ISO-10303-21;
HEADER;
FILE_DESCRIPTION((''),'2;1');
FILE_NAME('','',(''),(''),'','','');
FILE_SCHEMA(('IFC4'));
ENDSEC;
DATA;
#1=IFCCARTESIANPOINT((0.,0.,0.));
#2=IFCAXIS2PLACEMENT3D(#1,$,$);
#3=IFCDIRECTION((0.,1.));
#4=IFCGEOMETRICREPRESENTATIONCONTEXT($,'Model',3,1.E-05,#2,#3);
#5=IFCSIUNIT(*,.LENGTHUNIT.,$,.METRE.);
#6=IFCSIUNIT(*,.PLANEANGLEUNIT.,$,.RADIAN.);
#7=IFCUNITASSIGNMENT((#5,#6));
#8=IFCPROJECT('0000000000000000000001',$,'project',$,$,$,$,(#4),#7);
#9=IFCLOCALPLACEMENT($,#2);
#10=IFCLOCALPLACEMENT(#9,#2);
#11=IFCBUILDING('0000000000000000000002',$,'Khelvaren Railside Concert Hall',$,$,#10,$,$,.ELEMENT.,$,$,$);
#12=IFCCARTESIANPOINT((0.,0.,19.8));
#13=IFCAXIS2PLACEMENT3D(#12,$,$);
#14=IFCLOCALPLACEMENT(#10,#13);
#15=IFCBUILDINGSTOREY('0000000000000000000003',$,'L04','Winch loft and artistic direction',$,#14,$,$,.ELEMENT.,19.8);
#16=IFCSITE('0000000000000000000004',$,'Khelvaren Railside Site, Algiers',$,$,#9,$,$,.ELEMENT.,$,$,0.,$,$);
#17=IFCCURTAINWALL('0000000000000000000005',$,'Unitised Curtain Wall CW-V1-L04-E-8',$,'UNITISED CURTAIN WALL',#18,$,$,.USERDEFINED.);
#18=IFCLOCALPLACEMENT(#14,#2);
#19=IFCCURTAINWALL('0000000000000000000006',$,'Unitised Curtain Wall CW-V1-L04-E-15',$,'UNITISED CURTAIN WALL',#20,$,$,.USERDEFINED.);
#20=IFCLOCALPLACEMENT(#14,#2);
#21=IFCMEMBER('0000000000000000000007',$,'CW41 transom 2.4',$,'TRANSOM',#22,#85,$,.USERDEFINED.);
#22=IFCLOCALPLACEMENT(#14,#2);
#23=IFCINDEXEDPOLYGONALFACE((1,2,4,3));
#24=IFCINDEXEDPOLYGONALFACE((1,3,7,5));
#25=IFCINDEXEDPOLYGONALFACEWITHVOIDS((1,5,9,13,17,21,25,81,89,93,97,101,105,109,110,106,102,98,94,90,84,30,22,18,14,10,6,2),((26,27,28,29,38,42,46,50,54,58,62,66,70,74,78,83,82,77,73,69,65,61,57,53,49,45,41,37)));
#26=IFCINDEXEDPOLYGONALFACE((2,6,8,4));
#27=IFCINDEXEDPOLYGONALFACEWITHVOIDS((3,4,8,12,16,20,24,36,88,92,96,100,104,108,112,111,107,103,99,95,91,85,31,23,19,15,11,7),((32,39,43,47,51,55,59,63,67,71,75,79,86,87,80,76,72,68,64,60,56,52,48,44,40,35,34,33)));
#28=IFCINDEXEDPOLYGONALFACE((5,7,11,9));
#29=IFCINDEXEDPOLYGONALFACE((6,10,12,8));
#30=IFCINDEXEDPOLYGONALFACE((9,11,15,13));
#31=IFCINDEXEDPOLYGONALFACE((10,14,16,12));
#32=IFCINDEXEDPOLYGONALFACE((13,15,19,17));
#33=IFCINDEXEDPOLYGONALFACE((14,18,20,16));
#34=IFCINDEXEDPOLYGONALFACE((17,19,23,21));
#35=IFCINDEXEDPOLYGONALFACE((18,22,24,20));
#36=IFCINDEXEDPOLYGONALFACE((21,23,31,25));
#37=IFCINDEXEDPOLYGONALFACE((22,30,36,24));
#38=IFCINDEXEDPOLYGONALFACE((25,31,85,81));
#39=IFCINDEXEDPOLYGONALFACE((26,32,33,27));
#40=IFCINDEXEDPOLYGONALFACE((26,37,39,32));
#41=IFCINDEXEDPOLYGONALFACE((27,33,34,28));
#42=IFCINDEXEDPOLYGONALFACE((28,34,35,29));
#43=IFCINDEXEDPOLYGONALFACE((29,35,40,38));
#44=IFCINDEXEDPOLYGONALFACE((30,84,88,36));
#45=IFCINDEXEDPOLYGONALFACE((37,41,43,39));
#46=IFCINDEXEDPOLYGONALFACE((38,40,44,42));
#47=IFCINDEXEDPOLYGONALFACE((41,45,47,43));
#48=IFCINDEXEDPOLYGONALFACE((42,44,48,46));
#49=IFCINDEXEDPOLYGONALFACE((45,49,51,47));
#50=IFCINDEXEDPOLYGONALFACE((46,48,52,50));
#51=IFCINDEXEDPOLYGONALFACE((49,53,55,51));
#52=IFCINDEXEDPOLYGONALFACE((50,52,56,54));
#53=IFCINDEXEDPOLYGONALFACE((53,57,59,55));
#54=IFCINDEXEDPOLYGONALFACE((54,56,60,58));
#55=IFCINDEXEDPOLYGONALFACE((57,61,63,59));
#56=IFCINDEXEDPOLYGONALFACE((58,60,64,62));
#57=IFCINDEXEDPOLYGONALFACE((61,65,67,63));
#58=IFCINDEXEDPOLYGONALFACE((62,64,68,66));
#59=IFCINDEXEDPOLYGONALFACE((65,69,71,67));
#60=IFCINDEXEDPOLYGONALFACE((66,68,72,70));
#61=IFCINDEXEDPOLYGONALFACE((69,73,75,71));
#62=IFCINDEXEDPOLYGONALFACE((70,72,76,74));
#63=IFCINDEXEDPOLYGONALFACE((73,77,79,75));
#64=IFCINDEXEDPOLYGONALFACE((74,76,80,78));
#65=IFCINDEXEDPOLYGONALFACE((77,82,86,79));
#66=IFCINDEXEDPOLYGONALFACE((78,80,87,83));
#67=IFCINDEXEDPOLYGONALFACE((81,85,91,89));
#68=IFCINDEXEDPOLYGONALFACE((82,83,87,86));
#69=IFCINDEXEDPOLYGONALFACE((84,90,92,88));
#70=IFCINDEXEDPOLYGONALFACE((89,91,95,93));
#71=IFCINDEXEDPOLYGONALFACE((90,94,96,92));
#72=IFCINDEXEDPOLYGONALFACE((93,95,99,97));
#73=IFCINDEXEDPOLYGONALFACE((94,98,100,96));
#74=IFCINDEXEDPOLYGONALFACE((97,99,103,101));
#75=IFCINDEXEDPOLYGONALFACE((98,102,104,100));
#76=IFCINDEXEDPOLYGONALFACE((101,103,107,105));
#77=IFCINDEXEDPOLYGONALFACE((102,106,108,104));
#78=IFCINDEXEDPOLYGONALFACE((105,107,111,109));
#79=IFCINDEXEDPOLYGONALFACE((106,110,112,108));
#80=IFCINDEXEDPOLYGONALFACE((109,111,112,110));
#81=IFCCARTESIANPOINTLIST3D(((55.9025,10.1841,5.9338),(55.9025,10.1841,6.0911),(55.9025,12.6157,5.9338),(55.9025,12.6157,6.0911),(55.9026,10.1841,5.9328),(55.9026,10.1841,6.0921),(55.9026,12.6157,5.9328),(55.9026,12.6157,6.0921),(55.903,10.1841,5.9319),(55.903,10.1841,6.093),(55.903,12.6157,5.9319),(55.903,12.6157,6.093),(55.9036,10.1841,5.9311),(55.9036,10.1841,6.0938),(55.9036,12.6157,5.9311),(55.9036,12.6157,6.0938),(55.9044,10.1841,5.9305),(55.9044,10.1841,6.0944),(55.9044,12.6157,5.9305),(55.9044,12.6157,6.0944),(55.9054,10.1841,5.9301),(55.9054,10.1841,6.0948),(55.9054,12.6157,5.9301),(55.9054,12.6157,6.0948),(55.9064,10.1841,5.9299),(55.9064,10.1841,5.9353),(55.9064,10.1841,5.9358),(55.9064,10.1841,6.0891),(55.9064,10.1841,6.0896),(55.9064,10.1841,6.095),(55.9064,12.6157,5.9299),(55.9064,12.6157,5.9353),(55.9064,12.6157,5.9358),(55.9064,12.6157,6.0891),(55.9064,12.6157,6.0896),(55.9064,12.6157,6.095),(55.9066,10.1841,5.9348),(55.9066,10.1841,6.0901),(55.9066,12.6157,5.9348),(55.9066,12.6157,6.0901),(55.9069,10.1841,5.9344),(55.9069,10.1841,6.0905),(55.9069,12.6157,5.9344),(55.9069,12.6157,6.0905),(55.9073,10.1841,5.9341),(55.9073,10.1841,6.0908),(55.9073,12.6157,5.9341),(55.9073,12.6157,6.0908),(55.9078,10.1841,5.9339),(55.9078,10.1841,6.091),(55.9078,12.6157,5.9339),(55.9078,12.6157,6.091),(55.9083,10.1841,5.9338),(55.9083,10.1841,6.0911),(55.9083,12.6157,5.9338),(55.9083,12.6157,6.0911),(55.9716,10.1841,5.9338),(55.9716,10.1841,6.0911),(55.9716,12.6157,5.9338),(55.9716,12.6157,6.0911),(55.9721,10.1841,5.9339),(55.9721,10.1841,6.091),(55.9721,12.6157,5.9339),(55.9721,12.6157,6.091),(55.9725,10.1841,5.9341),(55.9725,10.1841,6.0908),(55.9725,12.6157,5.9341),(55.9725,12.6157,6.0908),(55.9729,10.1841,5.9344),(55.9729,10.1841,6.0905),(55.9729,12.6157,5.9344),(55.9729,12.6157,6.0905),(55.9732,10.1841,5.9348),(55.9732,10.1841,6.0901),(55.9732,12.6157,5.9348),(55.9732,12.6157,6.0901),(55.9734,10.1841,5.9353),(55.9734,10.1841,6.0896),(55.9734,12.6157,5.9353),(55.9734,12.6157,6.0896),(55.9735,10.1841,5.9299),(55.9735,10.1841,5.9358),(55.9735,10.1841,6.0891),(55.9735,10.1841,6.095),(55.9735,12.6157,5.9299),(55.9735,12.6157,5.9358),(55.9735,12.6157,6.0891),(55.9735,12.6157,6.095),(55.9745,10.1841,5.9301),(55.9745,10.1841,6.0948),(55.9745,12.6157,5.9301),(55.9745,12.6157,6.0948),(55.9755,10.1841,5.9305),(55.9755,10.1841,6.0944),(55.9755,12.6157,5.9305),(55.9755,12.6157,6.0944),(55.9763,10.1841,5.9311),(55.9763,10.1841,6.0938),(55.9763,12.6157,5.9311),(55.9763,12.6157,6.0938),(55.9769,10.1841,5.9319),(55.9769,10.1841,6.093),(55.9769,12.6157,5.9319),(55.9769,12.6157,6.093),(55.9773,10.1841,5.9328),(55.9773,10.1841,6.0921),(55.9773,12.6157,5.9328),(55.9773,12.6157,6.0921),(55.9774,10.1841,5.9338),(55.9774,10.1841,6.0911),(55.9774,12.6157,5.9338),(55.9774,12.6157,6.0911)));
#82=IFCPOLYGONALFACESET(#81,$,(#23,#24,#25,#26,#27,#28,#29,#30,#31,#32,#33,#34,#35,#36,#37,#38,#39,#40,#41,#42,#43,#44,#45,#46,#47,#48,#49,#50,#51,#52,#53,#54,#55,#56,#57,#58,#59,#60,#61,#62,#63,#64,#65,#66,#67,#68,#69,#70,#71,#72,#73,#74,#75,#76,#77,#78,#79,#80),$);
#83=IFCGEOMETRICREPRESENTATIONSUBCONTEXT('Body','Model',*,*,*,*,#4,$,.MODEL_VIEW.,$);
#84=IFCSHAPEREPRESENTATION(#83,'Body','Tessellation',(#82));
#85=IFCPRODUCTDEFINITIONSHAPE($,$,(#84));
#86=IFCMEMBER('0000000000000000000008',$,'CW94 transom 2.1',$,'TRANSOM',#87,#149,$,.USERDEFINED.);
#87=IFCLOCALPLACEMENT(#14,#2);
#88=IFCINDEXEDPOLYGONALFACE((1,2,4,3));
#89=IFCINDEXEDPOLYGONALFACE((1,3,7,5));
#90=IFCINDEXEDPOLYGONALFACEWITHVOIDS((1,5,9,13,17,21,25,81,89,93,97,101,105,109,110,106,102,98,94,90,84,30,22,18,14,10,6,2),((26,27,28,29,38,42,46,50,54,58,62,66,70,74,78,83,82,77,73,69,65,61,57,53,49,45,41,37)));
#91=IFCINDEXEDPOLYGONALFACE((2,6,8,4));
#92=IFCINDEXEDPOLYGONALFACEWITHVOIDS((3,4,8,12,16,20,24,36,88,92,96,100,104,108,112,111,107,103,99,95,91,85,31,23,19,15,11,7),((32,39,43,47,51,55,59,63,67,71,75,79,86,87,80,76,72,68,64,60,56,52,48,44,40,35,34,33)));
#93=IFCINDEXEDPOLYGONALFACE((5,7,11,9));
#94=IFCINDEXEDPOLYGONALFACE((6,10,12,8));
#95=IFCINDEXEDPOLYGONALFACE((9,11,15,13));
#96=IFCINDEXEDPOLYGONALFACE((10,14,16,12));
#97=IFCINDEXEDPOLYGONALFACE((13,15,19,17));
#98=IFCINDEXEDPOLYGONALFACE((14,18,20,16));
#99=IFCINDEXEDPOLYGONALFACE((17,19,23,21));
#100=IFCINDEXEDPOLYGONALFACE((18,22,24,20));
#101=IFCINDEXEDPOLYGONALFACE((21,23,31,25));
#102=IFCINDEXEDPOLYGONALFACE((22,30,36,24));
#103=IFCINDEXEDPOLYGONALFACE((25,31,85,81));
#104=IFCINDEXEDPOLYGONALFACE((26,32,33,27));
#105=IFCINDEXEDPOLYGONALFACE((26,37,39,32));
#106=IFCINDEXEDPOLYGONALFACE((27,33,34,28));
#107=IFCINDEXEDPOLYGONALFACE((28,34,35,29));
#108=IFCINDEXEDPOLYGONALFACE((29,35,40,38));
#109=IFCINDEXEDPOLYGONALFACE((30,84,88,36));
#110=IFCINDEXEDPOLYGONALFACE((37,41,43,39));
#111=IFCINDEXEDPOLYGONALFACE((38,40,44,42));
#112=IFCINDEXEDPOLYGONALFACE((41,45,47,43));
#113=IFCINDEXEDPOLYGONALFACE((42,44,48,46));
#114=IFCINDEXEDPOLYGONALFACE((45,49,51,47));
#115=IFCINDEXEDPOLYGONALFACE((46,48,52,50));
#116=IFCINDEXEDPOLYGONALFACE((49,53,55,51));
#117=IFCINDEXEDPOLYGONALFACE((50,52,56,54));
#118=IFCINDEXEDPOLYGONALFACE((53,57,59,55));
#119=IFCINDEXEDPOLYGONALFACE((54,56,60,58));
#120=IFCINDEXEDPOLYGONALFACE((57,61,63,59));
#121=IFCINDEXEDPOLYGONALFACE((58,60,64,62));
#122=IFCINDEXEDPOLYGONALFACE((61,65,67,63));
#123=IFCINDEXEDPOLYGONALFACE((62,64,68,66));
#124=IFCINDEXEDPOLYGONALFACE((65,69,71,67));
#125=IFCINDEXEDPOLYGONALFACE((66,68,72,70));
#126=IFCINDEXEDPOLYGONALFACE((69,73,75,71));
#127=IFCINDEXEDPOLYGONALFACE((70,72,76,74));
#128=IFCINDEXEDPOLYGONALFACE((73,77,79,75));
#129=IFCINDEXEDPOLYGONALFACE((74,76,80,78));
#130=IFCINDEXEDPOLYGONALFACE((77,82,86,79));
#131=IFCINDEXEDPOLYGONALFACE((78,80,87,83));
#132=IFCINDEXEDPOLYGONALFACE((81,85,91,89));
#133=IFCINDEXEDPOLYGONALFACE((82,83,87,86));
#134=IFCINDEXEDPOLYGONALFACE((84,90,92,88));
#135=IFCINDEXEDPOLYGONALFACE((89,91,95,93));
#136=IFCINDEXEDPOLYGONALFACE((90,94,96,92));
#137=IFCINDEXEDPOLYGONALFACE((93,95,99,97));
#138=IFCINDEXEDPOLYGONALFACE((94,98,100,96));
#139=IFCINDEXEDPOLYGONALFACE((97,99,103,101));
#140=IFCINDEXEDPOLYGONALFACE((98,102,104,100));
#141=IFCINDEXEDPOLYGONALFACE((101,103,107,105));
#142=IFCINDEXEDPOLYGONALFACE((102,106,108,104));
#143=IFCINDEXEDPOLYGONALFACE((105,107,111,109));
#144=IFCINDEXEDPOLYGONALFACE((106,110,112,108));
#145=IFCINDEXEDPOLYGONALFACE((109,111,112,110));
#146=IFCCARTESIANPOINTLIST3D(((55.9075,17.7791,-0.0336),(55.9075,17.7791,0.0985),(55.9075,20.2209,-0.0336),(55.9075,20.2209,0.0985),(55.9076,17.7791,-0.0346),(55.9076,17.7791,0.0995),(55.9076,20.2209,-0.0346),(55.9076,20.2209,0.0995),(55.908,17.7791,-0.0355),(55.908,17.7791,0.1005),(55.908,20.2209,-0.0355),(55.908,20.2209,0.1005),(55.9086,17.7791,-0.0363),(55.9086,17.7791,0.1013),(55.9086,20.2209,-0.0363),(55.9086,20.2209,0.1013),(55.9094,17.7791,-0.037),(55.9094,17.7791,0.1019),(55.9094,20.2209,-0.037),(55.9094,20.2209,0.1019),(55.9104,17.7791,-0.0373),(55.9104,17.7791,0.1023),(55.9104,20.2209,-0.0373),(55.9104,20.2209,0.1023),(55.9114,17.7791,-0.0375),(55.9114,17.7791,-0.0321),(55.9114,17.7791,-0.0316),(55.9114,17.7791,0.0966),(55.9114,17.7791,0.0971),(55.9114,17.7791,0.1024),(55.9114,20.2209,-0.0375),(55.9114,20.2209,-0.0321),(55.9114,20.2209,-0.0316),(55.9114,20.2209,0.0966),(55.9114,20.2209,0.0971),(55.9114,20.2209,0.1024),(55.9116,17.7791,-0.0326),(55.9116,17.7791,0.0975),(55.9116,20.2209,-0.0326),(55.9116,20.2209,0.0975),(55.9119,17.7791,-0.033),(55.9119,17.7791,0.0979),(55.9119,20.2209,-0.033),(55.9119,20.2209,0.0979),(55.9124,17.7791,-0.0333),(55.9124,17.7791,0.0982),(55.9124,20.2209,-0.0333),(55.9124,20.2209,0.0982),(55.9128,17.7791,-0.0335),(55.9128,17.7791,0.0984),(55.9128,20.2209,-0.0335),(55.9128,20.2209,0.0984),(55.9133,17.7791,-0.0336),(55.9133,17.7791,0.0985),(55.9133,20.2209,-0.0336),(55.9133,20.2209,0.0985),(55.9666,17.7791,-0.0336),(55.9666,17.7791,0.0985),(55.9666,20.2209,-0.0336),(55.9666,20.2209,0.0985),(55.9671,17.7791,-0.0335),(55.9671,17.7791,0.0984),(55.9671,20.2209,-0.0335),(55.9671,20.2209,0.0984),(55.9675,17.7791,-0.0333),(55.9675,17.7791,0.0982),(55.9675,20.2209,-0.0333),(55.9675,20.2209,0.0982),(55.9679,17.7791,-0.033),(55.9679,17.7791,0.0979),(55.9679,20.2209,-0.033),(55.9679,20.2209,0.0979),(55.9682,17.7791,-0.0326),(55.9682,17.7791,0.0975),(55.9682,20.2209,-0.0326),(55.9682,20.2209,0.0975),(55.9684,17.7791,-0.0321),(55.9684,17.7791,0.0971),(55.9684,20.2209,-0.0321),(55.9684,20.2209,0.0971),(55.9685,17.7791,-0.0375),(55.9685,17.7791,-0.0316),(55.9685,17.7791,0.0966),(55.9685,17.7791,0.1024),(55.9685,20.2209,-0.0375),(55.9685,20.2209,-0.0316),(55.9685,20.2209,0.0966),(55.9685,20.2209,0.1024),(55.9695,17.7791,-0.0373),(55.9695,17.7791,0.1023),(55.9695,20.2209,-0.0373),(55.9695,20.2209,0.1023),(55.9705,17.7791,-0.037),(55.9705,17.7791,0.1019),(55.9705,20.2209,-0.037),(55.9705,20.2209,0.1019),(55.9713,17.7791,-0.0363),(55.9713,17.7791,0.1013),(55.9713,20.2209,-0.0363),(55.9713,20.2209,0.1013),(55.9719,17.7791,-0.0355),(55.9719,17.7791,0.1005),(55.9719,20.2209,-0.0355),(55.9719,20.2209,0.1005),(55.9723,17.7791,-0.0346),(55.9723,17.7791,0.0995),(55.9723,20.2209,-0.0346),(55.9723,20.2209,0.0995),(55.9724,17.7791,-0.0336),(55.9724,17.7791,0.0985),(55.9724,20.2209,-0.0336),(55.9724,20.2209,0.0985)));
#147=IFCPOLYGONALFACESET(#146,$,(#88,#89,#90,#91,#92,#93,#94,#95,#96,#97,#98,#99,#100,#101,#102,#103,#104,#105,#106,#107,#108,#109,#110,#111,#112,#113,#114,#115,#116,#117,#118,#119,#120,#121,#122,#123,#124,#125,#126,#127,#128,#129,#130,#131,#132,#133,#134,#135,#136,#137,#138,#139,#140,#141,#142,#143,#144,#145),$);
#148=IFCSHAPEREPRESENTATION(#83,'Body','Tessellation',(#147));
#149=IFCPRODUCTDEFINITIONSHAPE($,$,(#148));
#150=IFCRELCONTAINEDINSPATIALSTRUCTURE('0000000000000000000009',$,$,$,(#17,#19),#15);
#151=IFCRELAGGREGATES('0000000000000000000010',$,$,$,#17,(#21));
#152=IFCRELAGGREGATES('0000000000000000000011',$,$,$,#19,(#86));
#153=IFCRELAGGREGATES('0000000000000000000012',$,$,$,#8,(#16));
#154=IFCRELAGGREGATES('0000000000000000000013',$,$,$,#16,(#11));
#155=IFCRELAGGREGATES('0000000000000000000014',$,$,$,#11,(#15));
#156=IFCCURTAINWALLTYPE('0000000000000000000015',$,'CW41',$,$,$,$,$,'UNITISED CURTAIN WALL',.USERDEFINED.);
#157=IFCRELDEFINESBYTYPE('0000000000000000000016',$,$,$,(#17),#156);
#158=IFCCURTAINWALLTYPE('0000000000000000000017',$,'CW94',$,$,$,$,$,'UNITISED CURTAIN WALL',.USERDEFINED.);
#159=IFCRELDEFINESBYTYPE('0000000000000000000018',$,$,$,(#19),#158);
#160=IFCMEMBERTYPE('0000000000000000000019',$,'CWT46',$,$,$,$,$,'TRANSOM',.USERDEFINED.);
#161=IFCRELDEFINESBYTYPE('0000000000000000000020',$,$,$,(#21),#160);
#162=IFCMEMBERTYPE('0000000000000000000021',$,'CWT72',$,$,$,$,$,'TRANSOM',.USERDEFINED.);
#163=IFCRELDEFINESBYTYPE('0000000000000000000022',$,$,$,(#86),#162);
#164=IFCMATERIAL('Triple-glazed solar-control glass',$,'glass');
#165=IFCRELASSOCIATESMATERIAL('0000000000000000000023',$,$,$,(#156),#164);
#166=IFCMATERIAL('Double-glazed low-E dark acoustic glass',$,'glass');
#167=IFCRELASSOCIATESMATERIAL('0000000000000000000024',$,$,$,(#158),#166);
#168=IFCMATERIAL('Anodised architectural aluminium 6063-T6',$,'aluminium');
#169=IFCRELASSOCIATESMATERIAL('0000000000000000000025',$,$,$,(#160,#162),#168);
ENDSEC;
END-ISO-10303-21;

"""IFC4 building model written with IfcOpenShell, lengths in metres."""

from ifc_helpers import new_model, si_unit, direction, frame, origin, origin_2d, place, context, subcontext, project, spatial, hollow_rectangle, extrude, material, material_profile, profile_set, type_object, element, aggregate, save


model = new_model("IFC4")

# Units and contexts
model_context = context("Model", 3, precision=1e-05, world=origin(), true_north=direction((0.0, 1.0)))
body_context = subcontext(model_context, "Body", "Model", "MODEL_VIEW")
ifc_project = project(units=[si_unit("LENGTHUNIT", "METRE"), si_unit("PLANEANGLEUNIT", "RADIAN")], contexts=[model_context])

# Site, building, storey
site_placement = place(None, origin())
site = spatial("IfcSite", under=ifc_project, at=site_placement, Name="Khelvaren Railside Site, Algiers", CompositionType="ELEMENT", RefElevation=0.0)
building_placement = place(site_placement, origin())
building = spatial("IfcBuilding", under=site, at=building_placement, Name="Khelvaren Railside Concert Hall", CompositionType="ELEMENT")
storey_placement = place(building_placement, frame((0.0, 0.0, 19.8)))
storey = spatial("IfcBuildingStorey", under=building, at=storey_placement, Name="L04", Description="Winch loft and artistic direction", CompositionType="ELEMENT", Elevation=19.8)

# Curtain walls
ifc_material_1 = material(Name="Triple-glazed solar-control glass", Category="glass")
curtain_wall_type_1 = type_object("IfcCurtainWallType", Name="CW41", ElementType="UNITISED CURTAIN WALL", PredefinedType="USERDEFINED", material=ifc_material_1)
curtain_wall_1_placement = place(storey_placement, origin())
curtain_wall_1 = element("IfcCurtainWall", 1, at=curtain_wall_1_placement, inside=storey, type_object=curtain_wall_type_1, Name="Unitised Curtain Wall CW-V1-L04-E-8", ObjectType="UNITISED CURTAIN WALL", PredefinedType="USERDEFINED")
ifc_material_2 = material(Name="Anodised architectural aluminium 6063-T6", Category="aluminium")
ifc_material_3 = material(Name="Double-glazed low-E dark acoustic glass", Category="glass")
curtain_wall_type_2 = type_object("IfcCurtainWallType", Name="CW94", ElementType="UNITISED CURTAIN WALL", PredefinedType="USERDEFINED", material=ifc_material_3)
curtain_wall_2_placement = place(storey_placement, origin())
curtain_wall_2 = element("IfcCurtainWall", 2, at=curtain_wall_2_placement, inside=storey, type_object=curtain_wall_type_2, Name="Unitised Curtain Wall CW-V1-L04-E-15", ObjectType="UNITISED CURTAIN WALL", PredefinedType="USERDEFINED")

# Members
ifc_material_profile_1 = material_profile(ifc_material_2, hollow_rectangle(XDim=0.075, YDim=0.165, WallThickness=0.0039, InnerFilletRadius=0.002, OuterFilletRadius=0.0039, at=origin_2d()), Name="CWT 75x165x4")
ifc_profile_set_1 = profile_set([ifc_material_profile_1], Name="Anodised architectural aluminium 6063-T6")
member_type_1 = type_object("IfcMemberType", Name="CWT46", ElementType="TRANSOM", PredefinedType="USERDEFINED", material=ifc_profile_set_1)
member_1_placement = place(storey_placement, frame((55.9399, 12.6157, 6.0125), z_axis=(0.0, -1.0, 0.0), x_axis=(1.0, 0.0, 0.0)))
member_1 = element("IfcMember", 3, at=member_1_placement, type_object=member_type_1, Name="CW41 transom 2.4", ObjectType="TRANSOM", PredefinedType="USERDEFINED", context=body_context, shape_type="SweptSolid", body=[
    extrude(hollow_rectangle(XDim=0.075, YDim=0.165, WallThickness=0.0039, InnerFilletRadius=0.002, OuterFilletRadius=0.0039, at=origin_2d()), origin(), (0.0, 0.0, 1.0), 2.4316),
])
ifc_material_profile_2 = material_profile(ifc_material_2, hollow_rectangle(XDim=0.0649, YDim=0.1399, WallThickness=0.0039, InnerFilletRadius=0.002, OuterFilletRadius=0.0039, at=origin_2d()), Name="CWT 65x140x4")
ifc_profile_set_2 = profile_set([ifc_material_profile_2], Name="Anodised architectural aluminium 6063-T6")
member_type_2 = type_object("IfcMemberType", Name="CWT72", ElementType="TRANSOM", PredefinedType="USERDEFINED", material=ifc_profile_set_2)
member_2_placement = place(storey_placement, frame((55.9399, 20.2209, 0.0325), z_axis=(0.0, -1.0, 0.0), x_axis=(1.0, 0.0, 0.0)))
member_2 = element("IfcMember", 4, at=member_2_placement, type_object=member_type_2, Name="CW94 transom 2.1", ObjectType="TRANSOM", PredefinedType="USERDEFINED", context=body_context, shape_type="SweptSolid", body=[
    extrude(hollow_rectangle(XDim=0.0649, YDim=0.1399, WallThickness=0.0039, InnerFilletRadius=0.002, OuterFilletRadius=0.0039, at=origin_2d()), origin(), (0.0, 0.0, 1.0), 2.4419),
])

aggregate(curtain_wall_1, [member_1])
aggregate(curtain_wall_2, [member_2])

save(model, "model.ifc")
